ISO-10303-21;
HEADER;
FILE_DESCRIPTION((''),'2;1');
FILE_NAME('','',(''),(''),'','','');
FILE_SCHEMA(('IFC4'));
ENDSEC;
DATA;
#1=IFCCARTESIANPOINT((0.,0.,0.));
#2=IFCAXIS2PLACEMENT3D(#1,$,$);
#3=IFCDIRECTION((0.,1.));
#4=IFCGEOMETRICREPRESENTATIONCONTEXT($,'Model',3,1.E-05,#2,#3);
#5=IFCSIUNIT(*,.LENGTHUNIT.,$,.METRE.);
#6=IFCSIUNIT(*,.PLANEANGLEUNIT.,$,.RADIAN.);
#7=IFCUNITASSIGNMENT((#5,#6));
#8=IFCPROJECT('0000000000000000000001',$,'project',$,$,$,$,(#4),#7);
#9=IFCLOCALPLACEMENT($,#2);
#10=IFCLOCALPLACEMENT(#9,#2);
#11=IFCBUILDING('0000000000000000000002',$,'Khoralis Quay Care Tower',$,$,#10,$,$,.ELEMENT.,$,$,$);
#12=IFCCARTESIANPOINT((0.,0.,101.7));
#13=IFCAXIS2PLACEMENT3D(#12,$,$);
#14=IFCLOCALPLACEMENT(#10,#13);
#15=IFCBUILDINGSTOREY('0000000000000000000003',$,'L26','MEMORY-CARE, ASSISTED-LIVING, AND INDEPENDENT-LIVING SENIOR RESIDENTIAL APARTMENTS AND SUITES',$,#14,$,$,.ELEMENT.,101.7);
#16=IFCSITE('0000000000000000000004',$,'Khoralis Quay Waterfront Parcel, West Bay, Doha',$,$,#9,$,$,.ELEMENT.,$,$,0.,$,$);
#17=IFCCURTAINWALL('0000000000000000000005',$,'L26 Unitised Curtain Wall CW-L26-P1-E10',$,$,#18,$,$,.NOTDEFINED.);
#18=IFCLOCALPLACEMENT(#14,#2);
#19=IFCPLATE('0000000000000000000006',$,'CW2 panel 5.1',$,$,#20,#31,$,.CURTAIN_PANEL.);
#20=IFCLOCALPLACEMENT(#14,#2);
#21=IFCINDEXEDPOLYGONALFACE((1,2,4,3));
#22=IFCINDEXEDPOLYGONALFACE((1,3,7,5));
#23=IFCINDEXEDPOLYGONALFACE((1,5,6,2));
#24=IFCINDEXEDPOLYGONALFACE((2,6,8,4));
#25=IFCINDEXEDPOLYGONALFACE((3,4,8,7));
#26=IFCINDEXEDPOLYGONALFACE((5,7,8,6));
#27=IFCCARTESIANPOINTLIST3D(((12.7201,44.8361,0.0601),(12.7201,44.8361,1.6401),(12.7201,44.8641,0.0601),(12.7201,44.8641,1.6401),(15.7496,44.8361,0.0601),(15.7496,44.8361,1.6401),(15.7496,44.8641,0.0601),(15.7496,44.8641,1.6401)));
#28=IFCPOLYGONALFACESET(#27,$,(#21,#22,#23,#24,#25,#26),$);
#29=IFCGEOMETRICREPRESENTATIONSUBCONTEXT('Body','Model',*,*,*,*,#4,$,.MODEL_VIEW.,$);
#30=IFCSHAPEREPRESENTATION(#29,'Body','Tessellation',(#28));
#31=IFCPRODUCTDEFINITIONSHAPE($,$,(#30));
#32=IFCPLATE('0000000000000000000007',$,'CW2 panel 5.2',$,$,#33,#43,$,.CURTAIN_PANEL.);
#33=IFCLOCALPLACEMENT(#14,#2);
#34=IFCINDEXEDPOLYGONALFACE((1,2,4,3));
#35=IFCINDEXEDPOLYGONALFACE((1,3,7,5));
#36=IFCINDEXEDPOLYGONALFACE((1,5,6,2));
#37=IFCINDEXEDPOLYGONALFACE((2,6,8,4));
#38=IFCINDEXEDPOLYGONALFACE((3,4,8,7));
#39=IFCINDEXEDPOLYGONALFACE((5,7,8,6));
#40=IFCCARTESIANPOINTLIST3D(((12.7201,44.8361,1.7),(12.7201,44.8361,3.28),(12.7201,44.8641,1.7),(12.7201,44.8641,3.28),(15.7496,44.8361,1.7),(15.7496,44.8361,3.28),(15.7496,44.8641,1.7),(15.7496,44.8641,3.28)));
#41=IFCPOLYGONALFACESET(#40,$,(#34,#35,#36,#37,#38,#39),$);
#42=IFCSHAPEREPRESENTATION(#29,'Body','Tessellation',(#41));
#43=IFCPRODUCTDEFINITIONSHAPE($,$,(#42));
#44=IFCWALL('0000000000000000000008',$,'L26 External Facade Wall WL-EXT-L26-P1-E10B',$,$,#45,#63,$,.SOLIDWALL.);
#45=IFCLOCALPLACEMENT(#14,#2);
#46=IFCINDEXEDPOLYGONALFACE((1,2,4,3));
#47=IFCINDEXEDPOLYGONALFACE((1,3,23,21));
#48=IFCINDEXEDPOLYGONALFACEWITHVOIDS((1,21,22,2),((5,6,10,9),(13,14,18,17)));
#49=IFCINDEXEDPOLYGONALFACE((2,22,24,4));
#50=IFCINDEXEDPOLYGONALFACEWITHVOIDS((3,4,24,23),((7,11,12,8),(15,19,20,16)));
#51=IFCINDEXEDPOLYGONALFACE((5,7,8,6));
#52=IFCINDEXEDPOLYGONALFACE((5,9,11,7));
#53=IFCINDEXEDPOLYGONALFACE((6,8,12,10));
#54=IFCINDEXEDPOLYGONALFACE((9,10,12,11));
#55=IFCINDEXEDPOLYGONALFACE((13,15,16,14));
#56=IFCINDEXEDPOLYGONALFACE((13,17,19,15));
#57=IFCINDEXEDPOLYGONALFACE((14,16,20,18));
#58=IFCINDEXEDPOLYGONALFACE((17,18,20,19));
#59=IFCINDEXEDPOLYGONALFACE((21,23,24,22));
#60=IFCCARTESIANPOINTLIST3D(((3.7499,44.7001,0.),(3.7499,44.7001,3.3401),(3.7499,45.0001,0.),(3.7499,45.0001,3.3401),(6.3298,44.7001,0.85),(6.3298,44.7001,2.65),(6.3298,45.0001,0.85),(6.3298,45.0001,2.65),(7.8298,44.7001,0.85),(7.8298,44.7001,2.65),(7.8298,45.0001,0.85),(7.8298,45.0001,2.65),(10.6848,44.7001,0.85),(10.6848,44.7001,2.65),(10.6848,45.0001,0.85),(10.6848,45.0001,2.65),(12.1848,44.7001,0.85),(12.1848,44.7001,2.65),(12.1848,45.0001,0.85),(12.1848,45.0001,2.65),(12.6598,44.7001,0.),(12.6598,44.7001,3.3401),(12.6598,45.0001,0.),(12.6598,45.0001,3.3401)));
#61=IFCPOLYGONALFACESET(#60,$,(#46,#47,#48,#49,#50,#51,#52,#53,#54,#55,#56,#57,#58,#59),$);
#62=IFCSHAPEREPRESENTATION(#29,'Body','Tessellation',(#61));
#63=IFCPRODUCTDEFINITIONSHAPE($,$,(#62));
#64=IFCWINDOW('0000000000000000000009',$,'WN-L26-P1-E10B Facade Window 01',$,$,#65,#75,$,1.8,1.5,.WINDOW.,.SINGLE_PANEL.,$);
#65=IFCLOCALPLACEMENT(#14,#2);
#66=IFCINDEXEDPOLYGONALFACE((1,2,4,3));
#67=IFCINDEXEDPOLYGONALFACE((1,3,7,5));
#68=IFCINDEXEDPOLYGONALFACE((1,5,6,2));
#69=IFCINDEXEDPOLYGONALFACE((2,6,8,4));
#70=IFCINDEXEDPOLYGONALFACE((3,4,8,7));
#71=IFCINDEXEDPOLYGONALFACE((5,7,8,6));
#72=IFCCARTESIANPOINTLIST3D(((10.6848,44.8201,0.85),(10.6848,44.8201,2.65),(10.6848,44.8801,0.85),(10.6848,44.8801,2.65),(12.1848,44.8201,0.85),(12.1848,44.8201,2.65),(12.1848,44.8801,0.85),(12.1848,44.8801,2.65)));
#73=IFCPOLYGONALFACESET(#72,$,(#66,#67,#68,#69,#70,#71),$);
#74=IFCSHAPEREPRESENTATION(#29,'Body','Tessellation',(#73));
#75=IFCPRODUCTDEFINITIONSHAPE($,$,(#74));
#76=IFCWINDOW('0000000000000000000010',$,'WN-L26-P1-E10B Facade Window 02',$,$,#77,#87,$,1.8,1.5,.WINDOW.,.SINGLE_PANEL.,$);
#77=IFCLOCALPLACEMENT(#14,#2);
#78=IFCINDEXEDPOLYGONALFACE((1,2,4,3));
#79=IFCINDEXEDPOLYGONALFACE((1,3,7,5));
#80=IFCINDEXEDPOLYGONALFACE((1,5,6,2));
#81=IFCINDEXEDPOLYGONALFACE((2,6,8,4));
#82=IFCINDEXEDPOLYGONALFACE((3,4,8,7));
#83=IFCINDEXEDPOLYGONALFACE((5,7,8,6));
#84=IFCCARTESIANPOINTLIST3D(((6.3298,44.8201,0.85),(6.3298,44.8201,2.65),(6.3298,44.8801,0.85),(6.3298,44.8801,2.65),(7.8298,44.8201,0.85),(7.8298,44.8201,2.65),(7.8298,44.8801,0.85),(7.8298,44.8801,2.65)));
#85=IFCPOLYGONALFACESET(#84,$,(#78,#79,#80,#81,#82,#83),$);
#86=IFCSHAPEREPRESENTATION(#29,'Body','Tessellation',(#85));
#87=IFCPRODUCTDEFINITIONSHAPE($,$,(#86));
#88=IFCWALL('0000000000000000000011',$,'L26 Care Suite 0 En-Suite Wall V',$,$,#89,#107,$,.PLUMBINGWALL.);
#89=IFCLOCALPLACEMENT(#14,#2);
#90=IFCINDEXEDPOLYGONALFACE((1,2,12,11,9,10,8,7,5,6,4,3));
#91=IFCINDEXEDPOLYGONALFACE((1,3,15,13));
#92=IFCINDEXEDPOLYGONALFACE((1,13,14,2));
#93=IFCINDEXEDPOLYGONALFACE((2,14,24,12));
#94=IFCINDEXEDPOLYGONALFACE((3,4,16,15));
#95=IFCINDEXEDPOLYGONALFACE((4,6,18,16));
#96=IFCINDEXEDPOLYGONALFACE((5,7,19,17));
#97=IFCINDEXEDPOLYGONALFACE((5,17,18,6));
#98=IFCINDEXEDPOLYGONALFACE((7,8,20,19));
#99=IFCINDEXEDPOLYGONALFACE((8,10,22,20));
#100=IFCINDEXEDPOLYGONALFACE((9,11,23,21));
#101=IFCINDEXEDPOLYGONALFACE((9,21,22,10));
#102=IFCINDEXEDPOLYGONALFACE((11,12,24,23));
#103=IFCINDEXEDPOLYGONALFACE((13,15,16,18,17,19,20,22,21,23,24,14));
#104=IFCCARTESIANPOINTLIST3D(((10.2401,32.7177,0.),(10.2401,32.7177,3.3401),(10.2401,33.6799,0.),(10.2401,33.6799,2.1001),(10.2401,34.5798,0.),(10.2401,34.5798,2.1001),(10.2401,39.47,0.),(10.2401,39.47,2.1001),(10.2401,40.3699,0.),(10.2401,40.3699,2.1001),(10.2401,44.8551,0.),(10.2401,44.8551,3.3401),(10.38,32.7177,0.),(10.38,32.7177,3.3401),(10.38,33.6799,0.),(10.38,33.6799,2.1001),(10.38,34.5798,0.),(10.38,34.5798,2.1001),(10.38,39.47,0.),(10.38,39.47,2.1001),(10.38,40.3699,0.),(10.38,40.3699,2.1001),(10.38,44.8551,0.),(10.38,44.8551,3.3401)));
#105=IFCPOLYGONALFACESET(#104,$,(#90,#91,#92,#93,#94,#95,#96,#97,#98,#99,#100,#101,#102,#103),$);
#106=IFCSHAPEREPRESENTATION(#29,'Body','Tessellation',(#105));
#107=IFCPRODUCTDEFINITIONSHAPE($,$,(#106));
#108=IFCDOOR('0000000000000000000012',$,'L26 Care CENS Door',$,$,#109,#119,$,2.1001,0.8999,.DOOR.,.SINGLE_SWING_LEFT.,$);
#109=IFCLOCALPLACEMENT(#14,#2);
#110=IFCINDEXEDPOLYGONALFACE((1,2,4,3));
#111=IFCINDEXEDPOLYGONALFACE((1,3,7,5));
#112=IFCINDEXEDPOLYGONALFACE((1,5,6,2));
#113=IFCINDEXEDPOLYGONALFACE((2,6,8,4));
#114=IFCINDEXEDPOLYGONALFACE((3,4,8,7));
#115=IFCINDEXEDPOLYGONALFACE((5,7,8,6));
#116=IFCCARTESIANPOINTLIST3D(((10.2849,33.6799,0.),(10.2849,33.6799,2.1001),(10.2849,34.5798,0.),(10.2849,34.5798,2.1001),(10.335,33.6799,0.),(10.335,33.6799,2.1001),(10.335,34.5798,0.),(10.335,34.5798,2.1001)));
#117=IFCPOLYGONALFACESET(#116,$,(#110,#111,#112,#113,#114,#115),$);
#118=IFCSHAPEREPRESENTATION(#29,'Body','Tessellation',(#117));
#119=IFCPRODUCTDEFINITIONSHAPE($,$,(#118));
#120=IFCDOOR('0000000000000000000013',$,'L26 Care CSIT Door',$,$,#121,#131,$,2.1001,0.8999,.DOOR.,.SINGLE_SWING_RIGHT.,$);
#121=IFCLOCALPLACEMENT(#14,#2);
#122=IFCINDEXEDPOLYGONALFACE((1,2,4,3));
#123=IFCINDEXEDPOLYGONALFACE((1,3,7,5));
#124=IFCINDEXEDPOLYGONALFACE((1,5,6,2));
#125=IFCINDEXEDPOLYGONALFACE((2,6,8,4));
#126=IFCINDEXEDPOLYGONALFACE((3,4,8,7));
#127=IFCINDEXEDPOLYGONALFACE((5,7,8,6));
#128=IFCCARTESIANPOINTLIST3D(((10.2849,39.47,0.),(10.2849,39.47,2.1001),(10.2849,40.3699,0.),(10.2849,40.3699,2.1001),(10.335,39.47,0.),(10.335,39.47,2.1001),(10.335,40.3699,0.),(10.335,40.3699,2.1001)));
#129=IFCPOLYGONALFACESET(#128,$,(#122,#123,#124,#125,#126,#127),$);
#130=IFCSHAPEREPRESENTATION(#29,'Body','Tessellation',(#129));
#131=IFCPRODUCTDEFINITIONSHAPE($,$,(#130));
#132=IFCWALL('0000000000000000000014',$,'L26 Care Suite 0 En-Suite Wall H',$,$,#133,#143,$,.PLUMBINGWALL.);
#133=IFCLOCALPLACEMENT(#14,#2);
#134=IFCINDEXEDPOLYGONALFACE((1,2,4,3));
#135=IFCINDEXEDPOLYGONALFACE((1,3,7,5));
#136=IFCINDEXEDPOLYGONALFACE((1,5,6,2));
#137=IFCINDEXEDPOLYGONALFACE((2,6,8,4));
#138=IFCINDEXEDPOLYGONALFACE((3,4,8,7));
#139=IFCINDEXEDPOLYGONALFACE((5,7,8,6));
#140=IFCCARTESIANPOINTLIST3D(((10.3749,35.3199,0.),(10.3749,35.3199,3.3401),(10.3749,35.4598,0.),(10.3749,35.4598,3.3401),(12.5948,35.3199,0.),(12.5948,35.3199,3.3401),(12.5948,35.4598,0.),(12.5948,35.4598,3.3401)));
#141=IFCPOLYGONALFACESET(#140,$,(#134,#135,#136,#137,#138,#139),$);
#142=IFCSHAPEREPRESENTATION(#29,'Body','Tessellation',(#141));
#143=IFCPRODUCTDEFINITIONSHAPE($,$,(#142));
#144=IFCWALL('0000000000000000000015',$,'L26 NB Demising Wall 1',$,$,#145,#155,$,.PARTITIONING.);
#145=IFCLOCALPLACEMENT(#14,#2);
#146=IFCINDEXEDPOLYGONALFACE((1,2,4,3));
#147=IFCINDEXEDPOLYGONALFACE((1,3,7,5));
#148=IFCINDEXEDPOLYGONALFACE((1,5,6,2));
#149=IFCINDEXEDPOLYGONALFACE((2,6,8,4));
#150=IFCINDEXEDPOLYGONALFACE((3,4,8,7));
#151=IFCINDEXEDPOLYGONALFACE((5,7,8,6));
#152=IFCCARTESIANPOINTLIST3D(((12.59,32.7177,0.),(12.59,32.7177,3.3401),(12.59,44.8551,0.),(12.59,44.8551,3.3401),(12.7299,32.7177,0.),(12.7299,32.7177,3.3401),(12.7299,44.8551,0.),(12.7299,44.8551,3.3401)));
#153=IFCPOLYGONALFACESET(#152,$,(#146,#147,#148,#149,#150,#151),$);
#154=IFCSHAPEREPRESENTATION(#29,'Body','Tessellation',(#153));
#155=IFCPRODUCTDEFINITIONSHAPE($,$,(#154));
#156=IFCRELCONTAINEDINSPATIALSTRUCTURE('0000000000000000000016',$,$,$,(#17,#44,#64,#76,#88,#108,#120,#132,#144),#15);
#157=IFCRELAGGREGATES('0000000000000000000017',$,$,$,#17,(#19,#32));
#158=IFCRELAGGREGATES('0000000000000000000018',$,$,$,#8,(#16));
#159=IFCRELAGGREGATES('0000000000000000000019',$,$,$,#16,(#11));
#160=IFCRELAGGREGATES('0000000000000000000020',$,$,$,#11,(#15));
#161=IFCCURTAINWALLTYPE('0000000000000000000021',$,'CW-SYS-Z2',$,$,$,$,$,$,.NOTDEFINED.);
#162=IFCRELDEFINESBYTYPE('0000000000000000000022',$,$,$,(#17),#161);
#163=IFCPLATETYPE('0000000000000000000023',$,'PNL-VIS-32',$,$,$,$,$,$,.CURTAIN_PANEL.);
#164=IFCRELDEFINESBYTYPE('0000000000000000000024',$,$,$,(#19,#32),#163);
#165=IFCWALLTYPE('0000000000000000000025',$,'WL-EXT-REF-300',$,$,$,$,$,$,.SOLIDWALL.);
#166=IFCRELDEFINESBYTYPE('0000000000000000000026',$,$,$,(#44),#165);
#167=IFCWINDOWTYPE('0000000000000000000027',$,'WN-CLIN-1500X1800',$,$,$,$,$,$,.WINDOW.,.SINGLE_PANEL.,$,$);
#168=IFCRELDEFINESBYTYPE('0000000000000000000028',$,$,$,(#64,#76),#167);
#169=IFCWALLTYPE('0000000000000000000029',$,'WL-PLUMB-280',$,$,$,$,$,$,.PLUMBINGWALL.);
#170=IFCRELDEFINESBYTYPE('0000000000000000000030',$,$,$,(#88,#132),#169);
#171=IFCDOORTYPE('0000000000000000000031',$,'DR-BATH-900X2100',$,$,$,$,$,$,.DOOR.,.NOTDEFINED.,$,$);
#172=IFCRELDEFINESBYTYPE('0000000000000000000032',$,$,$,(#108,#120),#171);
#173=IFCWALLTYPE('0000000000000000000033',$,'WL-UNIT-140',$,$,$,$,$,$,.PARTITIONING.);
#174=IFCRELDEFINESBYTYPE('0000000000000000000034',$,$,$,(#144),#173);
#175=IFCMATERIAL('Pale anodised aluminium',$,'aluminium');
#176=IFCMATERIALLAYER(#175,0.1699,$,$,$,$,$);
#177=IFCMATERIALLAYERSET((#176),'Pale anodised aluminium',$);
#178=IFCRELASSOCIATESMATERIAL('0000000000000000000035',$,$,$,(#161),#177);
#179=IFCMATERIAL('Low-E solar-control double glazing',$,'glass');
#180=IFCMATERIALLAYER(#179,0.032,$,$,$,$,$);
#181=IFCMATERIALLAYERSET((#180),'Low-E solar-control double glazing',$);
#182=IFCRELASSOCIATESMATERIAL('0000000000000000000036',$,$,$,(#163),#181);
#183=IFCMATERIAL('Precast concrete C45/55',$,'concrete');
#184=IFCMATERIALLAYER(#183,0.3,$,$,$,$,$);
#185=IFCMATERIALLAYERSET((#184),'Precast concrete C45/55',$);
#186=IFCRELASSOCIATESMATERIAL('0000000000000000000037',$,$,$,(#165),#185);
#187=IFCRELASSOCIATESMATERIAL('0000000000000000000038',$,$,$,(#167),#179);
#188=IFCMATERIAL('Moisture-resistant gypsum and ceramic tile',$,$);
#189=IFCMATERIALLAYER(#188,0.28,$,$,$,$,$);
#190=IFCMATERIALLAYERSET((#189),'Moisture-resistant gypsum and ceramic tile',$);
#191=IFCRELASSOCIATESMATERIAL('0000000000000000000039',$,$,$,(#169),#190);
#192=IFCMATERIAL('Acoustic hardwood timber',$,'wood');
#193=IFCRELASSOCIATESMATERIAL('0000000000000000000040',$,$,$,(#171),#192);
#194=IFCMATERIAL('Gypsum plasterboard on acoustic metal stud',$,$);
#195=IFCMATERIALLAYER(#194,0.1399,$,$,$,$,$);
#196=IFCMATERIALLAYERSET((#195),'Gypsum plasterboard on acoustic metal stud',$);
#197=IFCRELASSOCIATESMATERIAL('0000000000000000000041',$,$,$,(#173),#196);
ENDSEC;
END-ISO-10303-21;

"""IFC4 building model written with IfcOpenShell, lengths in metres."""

from ifc_helpers import new_model, si_unit, direction, frame, frame_2d, origin, origin_2d, place, context, subcontext, project, spatial, rectangle, extrude, source, transform, mapped, material, layer, layer_set, type_object, element, fill, aggregate, save


model = new_model("IFC4")

# Units and contexts
model_context = context("Model", 3, precision=1e-05, world=origin(), true_north=direction((0.0, 1.0)))
body_context = subcontext(model_context, "Body", "Model", "MODEL_VIEW")
ifc_project = project(units=[si_unit("LENGTHUNIT", "METRE"), si_unit("PLANEANGLEUNIT", "RADIAN")], contexts=[model_context])

# Site, building, storey
site_placement = place(None, origin())
site = spatial("IfcSite", under=ifc_project, at=site_placement, Name="Khoralis Quay Waterfront Parcel, West Bay, Doha", CompositionType="ELEMENT", RefElevation=0.0)
building_placement = place(site_placement, origin())
building = spatial("IfcBuilding", under=site, at=building_placement, Name="Khoralis Quay Care Tower", CompositionType="ELEMENT")
storey_placement = place(building_placement, frame((0.0, 0.0, 101.7)))
storey = spatial("IfcBuildingStorey", under=building, at=storey_placement, Name="L26", Description="MEMORY-CARE, ASSISTED-LIVING, AND INDEPENDENT-LIVING SENIOR RESIDENTIAL APARTMENTS AND SUITES", CompositionType="ELEMENT", Elevation=101.7)

# Curtain wall, plates
ifc_material_1 = material(Name="Pale anodised aluminium", Category="aluminium")
ifc_layer_1 = layer(ifc_material_1, 0.1699)
ifc_layer_set_1 = layer_set([ifc_layer_1], Name="Pale anodised aluminium")
curtain_wall_type = type_object("IfcCurtainWallType", Name="CW-SYS-Z2", PredefinedType="NOTDEFINED", material=ifc_layer_set_1)
curtain_wall_placement = place(storey_placement, origin())
curtain_wall = element("IfcCurtainWall", 1, at=curtain_wall_placement, inside=storey, type_object=curtain_wall_type, Name="L26 Unitised Curtain Wall CW-L26-P1-E10", PredefinedType="NOTDEFINED")
ifc_material_2 = material(Name="Low-E solar-control double glazing", Category="glass")
ifc_layer_2 = layer(ifc_material_2, 0.032)
ifc_layer_set_2 = layer_set([ifc_layer_2], Name="Low-E solar-control double glazing")
plate_type = type_object("IfcPlateType", Name="PNL-VIS-32", PredefinedType="CURTAIN_PANEL", material=ifc_layer_set_2)
shared_shape_1 = source(origin(), body_context, "Body", "SweptSolid", [
    extrude(rectangle(XDim=3.0295, YDim=0.0281, at=origin_2d()), origin(), (0.0, 0.0, 1.0), 1.5801),
])
plate_1_placement = place(storey_placement, frame((14.2349, 44.8501, 0.0601), z_axis=(0.0, 0.0, 1.0), x_axis=(-1.0, 0.0, 0.0)))
plate_1 = element("IfcPlate", 2, at=plate_1_placement, type_object=plate_type, Name="CW2 panel 5.1", PredefinedType="CURTAIN_PANEL", context=body_context, shape_type="MappedRepresentation", body=[
    mapped(shared_shape_1, transform((0.0, 0.0, 0.0), scale=1.0)),
])
plate_2_placement = place(storey_placement, frame((14.2349, 44.8501, 1.7), z_axis=(0.0, 0.0, 1.0), x_axis=(-1.0, 0.0, 0.0)))
plate_2 = element("IfcPlate", 3, at=plate_2_placement, type_object=plate_type, Name="CW2 panel 5.2", PredefinedType="CURTAIN_PANEL", context=body_context, shape_type="MappedRepresentation", body=[
    mapped(shared_shape_1, transform((0.0, 0.0, 0.0), scale=1.0)),
])
aggregate(curtain_wall, [plate_1, plate_2])

# Wall, openings, windows
ifc_material_3 = material(Name="Precast concrete C45/55", Category="concrete")
ifc_layer_3 = layer(ifc_material_3, 0.3)
ifc_layer_set_3 = layer_set([ifc_layer_3], Name="Precast concrete C45/55")
wall_type_1 = type_object("IfcWallType", Name="WL-EXT-REF-300", PredefinedType="SOLIDWALL", material=ifc_layer_set_3)
wall_1_placement = place(storey_placement, frame((12.6599, 44.8501, 0.0), z_axis=(0.0, 0.0, 1.0), x_axis=(-1.0, 0.0, 0.0)))
wall_1 = element("IfcWall", 4, at=wall_1_placement, inside=storey, type_object=wall_type_1, Name="L26 External Facade Wall WL-EXT-L26-P1-E10B", PredefinedType="SOLIDWALL", context=body_context, shape_type="SweptSolid", body=[
    extrude(rectangle(XDim=8.9099, YDim=0.3, at=frame_2d((4.4551, 0.0))), origin(), (0.0, 0.0, 1.0), 3.3401),
])
opening_1_placement = place(wall_1_placement, frame((0.4751, 0.0, 0.8501)))
opening_1 = element("IfcOpeningElement", 5, at=opening_1_placement, cuts=wall_1, PredefinedType="OPENING", context=body_context, shape_type="SweptSolid", body=[
    extrude(rectangle(XDim=1.5, YDim=1.8, at=frame_2d((0.75, 0.8999))), frame((0.0, 0.1602, 0.0), z_axis=(0.0, -1.0, 0.0), x_axis=(1.0, 0.0, 0.0)), (0.0, 0.0, 1.0), 0.3201),
])
opening_2_placement = place(wall_1_placement, frame((4.8301, 0.0, 0.8501)))
opening_2 = element("IfcOpeningElement", 6, at=opening_2_placement, cuts=wall_1, PredefinedType="OPENING", context=body_context, shape_type="SweptSolid", body=[
    extrude(rectangle(XDim=1.5, YDim=1.8, at=frame_2d((0.75, 0.8999))), frame((0.0, 0.1602, 0.0), z_axis=(0.0, -1.0, 0.0), x_axis=(1.0, 0.0, 0.0)), (0.0, 0.0, 1.0), 0.3201),
])
window_type = type_object("IfcWindowType", Name="WN-CLIN-1500X1800", PartitioningType="SINGLE_PANEL", PredefinedType="WINDOW", material=ifc_material_2)
shared_shape_2 = source(origin(), body_context, "Body", "SweptSolid", [
    extrude(rectangle(XDim=1.5, YDim=1.8, at=frame_2d((0.75, 0.8999))), frame((0.0, 0.03, 0.0), z_axis=(0.0, -1.0, 0.0), x_axis=(1.0, 0.0, 0.0)), (0.0, 0.0, 1.0), 0.0601),
])
window_1_placement = place(opening_1_placement, origin())
window_1 = element("IfcWindow", 7, at=window_1_placement, inside=storey, type_object=window_type, Name="WN-L26-P1-E10B Facade Window 01", OverallHeight=1.8, OverallWidth=1.5, PartitioningType="SINGLE_PANEL", PredefinedType="WINDOW", context=body_context, shape_type="MappedRepresentation", body=[
    mapped(shared_shape_2, transform((0.0, 0.0, 0.0), scale=1.0)),
])
fill(opening_1, window_1)
window_2_placement = place(opening_2_placement, origin())
window_2 = element("IfcWindow", 8, at=window_2_placement, inside=storey, type_object=window_type, Name="WN-L26-P1-E10B Facade Window 02", OverallHeight=1.8, OverallWidth=1.5, PartitioningType="SINGLE_PANEL", PredefinedType="WINDOW", context=body_context, shape_type="MappedRepresentation", body=[
    mapped(shared_shape_2, transform((0.0, 0.0, 0.0), scale=1.0)),
])
fill(opening_2, window_2)

# Wall, openings, doors
ifc_material_4 = material(Name="Moisture-resistant gypsum and ceramic tile")
ifc_layer_4 = layer(ifc_material_4, 0.28)
ifc_layer_set_4 = layer_set([ifc_layer_4], Name="Moisture-resistant gypsum and ceramic tile")
wall_type_2 = type_object("IfcWallType", Name="WL-PLUMB-280", PredefinedType="PLUMBINGWALL", material=ifc_layer_set_4)
wall_2_placement = place(storey_placement, frame((10.3101, 32.7175, 0.0), z_axis=(0.0, 0.0, 1.0), x_axis=(0.0, 1.0, 0.0)))
wall_2 = element("IfcWall", 9, at=wall_2_placement, inside=storey, type_object=wall_type_2, Name="L26 Care Suite 0 En-Suite Wall V", PredefinedType="PLUMBINGWALL", context=body_context, shape_type="SweptSolid", body=[
    extrude(rectangle(XDim=12.1375, YDim=0.1399, at=frame_2d((6.0688, 0.0))), origin(), (0.0, 0.0, 1.0), 3.3401),
])
opening_3_placement = place(wall_2_placement, frame((0.9624, 0.0, 0.0)))
opening_3 = element("IfcOpeningElement", 10, at=opening_3_placement, cuts=wall_2, PredefinedType="OPENING", context=body_context, shape_type="SweptSolid", body=[
    extrude(rectangle(XDim=0.8999, YDim=2.1001, at=frame_2d((0.45, 1.05))), frame((0.0, 0.0801, 0.0), z_axis=(0.0, -1.0, 0.0), x_axis=(1.0, 0.0, 0.0)), (0.0, 0.0, 1.0), 0.1599),
])
opening_4_placement = place(wall_2_placement, frame((6.7524, 0.0, 0.0)))
opening_4 = element("IfcOpeningElement", 11, at=opening_4_placement, cuts=wall_2, PredefinedType="OPENING", context=body_context, shape_type="SweptSolid", body=[
    extrude(rectangle(XDim=0.8999, YDim=2.1001, at=frame_2d((0.45, 1.05))), frame((0.0, 0.0801, 0.0), z_axis=(0.0, -1.0, 0.0), x_axis=(1.0, 0.0, 0.0)), (0.0, 0.0, 1.0), 0.1599),
])
ifc_material_5 = material(Name="Acoustic hardwood timber", Category="wood")
door_type = type_object("IfcDoorType", Name="DR-BATH-900X2100", OperationType="NOTDEFINED", PredefinedType="DOOR", material=ifc_material_5)
shared_shape_3 = source(origin(), body_context, "Body", "SweptSolid", [
    extrude(rectangle(XDim=0.8999, YDim=2.1001, at=frame_2d((0.45, 1.05))), frame((0.0, 0.0249, 0.0), z_axis=(0.0, -1.0, 0.0), x_axis=(1.0, 0.0, 0.0)), (0.0, 0.0, 1.0), 0.05),
])
door_1_placement = place(opening_3_placement, frame((0.8999, 0.0, 0.0), z_axis=(0.0, 0.0, 1.0), x_axis=(-1.0, 0.0, 0.0)))
door_1 = element("IfcDoor", 12, at=door_1_placement, inside=storey, type_object=door_type, Name="L26 Care CENS Door", OperationType="SINGLE_SWING_LEFT", OverallHeight=2.1001, OverallWidth=0.8999, PredefinedType="DOOR", context=body_context, shape_type="MappedRepresentation", body=[
    mapped(shared_shape_3, transform((0.0, 0.0, 0.0), scale=1.0)),
])
fill(opening_3, door_1)
door_2_placement = place(opening_4_placement, frame((0.8999, 0.0, 0.0), z_axis=(0.0, 0.0, 1.0), x_axis=(-1.0, 0.0, 0.0)))
door_2 = element("IfcDoor", 13, at=door_2_placement, inside=storey, type_object=door_type, Name="L26 Care CSIT Door", OperationType="SINGLE_SWING_RIGHT", OverallHeight=2.1001, OverallWidth=0.8999, PredefinedType="DOOR", context=body_context, shape_type="MappedRepresentation", body=[
    mapped(shared_shape_3, transform((0.0, 0.0, 0.0), scale=1.0)),
])
fill(opening_4, door_2)

# Walls
wall_3_placement = place(storey_placement, frame((10.375, 35.3899, 0.0), z_axis=(0.0, 0.0, 1.0), x_axis=(1.0, 0.0, 0.0)))
element("IfcWall", 14, at=wall_3_placement, inside=storey, type_object=wall_type_2, Name="L26 Care Suite 0 En-Suite Wall H", PredefinedType="PLUMBINGWALL", context=body_context, shape_type="SweptSolid", body=[
    extrude(rectangle(XDim=2.22, YDim=0.1399, at=frame_2d((1.1099, 0.0))), origin(), (0.0, 0.0, 1.0), 3.3401),
])
ifc_material_6 = material(Name="Gypsum plasterboard on acoustic metal stud")
ifc_layer_5 = layer(ifc_material_6, 0.1399)
ifc_layer_set_5 = layer_set([ifc_layer_5], Name="Gypsum plasterboard on acoustic metal stud")
wall_type_3 = type_object("IfcWallType", Name="WL-UNIT-140", PredefinedType="PARTITIONING", material=ifc_layer_set_5)
wall_4_placement = place(storey_placement, frame((12.6599, 32.7175, 0.0), z_axis=(0.0, 0.0, 1.0), x_axis=(0.0, 1.0, 0.0)))
element("IfcWall", 15, at=wall_4_placement, inside=storey, type_object=wall_type_3, Name="L26 NB Demising Wall 1", PredefinedType="PARTITIONING", context=body_context, shape_type="SweptSolid", body=[
    extrude(rectangle(XDim=12.1375, YDim=0.1399, at=frame_2d((6.0688, 0.0))), origin(), (0.0, 0.0, 1.0), 3.3401),
])

save(model, "model.ifc")
